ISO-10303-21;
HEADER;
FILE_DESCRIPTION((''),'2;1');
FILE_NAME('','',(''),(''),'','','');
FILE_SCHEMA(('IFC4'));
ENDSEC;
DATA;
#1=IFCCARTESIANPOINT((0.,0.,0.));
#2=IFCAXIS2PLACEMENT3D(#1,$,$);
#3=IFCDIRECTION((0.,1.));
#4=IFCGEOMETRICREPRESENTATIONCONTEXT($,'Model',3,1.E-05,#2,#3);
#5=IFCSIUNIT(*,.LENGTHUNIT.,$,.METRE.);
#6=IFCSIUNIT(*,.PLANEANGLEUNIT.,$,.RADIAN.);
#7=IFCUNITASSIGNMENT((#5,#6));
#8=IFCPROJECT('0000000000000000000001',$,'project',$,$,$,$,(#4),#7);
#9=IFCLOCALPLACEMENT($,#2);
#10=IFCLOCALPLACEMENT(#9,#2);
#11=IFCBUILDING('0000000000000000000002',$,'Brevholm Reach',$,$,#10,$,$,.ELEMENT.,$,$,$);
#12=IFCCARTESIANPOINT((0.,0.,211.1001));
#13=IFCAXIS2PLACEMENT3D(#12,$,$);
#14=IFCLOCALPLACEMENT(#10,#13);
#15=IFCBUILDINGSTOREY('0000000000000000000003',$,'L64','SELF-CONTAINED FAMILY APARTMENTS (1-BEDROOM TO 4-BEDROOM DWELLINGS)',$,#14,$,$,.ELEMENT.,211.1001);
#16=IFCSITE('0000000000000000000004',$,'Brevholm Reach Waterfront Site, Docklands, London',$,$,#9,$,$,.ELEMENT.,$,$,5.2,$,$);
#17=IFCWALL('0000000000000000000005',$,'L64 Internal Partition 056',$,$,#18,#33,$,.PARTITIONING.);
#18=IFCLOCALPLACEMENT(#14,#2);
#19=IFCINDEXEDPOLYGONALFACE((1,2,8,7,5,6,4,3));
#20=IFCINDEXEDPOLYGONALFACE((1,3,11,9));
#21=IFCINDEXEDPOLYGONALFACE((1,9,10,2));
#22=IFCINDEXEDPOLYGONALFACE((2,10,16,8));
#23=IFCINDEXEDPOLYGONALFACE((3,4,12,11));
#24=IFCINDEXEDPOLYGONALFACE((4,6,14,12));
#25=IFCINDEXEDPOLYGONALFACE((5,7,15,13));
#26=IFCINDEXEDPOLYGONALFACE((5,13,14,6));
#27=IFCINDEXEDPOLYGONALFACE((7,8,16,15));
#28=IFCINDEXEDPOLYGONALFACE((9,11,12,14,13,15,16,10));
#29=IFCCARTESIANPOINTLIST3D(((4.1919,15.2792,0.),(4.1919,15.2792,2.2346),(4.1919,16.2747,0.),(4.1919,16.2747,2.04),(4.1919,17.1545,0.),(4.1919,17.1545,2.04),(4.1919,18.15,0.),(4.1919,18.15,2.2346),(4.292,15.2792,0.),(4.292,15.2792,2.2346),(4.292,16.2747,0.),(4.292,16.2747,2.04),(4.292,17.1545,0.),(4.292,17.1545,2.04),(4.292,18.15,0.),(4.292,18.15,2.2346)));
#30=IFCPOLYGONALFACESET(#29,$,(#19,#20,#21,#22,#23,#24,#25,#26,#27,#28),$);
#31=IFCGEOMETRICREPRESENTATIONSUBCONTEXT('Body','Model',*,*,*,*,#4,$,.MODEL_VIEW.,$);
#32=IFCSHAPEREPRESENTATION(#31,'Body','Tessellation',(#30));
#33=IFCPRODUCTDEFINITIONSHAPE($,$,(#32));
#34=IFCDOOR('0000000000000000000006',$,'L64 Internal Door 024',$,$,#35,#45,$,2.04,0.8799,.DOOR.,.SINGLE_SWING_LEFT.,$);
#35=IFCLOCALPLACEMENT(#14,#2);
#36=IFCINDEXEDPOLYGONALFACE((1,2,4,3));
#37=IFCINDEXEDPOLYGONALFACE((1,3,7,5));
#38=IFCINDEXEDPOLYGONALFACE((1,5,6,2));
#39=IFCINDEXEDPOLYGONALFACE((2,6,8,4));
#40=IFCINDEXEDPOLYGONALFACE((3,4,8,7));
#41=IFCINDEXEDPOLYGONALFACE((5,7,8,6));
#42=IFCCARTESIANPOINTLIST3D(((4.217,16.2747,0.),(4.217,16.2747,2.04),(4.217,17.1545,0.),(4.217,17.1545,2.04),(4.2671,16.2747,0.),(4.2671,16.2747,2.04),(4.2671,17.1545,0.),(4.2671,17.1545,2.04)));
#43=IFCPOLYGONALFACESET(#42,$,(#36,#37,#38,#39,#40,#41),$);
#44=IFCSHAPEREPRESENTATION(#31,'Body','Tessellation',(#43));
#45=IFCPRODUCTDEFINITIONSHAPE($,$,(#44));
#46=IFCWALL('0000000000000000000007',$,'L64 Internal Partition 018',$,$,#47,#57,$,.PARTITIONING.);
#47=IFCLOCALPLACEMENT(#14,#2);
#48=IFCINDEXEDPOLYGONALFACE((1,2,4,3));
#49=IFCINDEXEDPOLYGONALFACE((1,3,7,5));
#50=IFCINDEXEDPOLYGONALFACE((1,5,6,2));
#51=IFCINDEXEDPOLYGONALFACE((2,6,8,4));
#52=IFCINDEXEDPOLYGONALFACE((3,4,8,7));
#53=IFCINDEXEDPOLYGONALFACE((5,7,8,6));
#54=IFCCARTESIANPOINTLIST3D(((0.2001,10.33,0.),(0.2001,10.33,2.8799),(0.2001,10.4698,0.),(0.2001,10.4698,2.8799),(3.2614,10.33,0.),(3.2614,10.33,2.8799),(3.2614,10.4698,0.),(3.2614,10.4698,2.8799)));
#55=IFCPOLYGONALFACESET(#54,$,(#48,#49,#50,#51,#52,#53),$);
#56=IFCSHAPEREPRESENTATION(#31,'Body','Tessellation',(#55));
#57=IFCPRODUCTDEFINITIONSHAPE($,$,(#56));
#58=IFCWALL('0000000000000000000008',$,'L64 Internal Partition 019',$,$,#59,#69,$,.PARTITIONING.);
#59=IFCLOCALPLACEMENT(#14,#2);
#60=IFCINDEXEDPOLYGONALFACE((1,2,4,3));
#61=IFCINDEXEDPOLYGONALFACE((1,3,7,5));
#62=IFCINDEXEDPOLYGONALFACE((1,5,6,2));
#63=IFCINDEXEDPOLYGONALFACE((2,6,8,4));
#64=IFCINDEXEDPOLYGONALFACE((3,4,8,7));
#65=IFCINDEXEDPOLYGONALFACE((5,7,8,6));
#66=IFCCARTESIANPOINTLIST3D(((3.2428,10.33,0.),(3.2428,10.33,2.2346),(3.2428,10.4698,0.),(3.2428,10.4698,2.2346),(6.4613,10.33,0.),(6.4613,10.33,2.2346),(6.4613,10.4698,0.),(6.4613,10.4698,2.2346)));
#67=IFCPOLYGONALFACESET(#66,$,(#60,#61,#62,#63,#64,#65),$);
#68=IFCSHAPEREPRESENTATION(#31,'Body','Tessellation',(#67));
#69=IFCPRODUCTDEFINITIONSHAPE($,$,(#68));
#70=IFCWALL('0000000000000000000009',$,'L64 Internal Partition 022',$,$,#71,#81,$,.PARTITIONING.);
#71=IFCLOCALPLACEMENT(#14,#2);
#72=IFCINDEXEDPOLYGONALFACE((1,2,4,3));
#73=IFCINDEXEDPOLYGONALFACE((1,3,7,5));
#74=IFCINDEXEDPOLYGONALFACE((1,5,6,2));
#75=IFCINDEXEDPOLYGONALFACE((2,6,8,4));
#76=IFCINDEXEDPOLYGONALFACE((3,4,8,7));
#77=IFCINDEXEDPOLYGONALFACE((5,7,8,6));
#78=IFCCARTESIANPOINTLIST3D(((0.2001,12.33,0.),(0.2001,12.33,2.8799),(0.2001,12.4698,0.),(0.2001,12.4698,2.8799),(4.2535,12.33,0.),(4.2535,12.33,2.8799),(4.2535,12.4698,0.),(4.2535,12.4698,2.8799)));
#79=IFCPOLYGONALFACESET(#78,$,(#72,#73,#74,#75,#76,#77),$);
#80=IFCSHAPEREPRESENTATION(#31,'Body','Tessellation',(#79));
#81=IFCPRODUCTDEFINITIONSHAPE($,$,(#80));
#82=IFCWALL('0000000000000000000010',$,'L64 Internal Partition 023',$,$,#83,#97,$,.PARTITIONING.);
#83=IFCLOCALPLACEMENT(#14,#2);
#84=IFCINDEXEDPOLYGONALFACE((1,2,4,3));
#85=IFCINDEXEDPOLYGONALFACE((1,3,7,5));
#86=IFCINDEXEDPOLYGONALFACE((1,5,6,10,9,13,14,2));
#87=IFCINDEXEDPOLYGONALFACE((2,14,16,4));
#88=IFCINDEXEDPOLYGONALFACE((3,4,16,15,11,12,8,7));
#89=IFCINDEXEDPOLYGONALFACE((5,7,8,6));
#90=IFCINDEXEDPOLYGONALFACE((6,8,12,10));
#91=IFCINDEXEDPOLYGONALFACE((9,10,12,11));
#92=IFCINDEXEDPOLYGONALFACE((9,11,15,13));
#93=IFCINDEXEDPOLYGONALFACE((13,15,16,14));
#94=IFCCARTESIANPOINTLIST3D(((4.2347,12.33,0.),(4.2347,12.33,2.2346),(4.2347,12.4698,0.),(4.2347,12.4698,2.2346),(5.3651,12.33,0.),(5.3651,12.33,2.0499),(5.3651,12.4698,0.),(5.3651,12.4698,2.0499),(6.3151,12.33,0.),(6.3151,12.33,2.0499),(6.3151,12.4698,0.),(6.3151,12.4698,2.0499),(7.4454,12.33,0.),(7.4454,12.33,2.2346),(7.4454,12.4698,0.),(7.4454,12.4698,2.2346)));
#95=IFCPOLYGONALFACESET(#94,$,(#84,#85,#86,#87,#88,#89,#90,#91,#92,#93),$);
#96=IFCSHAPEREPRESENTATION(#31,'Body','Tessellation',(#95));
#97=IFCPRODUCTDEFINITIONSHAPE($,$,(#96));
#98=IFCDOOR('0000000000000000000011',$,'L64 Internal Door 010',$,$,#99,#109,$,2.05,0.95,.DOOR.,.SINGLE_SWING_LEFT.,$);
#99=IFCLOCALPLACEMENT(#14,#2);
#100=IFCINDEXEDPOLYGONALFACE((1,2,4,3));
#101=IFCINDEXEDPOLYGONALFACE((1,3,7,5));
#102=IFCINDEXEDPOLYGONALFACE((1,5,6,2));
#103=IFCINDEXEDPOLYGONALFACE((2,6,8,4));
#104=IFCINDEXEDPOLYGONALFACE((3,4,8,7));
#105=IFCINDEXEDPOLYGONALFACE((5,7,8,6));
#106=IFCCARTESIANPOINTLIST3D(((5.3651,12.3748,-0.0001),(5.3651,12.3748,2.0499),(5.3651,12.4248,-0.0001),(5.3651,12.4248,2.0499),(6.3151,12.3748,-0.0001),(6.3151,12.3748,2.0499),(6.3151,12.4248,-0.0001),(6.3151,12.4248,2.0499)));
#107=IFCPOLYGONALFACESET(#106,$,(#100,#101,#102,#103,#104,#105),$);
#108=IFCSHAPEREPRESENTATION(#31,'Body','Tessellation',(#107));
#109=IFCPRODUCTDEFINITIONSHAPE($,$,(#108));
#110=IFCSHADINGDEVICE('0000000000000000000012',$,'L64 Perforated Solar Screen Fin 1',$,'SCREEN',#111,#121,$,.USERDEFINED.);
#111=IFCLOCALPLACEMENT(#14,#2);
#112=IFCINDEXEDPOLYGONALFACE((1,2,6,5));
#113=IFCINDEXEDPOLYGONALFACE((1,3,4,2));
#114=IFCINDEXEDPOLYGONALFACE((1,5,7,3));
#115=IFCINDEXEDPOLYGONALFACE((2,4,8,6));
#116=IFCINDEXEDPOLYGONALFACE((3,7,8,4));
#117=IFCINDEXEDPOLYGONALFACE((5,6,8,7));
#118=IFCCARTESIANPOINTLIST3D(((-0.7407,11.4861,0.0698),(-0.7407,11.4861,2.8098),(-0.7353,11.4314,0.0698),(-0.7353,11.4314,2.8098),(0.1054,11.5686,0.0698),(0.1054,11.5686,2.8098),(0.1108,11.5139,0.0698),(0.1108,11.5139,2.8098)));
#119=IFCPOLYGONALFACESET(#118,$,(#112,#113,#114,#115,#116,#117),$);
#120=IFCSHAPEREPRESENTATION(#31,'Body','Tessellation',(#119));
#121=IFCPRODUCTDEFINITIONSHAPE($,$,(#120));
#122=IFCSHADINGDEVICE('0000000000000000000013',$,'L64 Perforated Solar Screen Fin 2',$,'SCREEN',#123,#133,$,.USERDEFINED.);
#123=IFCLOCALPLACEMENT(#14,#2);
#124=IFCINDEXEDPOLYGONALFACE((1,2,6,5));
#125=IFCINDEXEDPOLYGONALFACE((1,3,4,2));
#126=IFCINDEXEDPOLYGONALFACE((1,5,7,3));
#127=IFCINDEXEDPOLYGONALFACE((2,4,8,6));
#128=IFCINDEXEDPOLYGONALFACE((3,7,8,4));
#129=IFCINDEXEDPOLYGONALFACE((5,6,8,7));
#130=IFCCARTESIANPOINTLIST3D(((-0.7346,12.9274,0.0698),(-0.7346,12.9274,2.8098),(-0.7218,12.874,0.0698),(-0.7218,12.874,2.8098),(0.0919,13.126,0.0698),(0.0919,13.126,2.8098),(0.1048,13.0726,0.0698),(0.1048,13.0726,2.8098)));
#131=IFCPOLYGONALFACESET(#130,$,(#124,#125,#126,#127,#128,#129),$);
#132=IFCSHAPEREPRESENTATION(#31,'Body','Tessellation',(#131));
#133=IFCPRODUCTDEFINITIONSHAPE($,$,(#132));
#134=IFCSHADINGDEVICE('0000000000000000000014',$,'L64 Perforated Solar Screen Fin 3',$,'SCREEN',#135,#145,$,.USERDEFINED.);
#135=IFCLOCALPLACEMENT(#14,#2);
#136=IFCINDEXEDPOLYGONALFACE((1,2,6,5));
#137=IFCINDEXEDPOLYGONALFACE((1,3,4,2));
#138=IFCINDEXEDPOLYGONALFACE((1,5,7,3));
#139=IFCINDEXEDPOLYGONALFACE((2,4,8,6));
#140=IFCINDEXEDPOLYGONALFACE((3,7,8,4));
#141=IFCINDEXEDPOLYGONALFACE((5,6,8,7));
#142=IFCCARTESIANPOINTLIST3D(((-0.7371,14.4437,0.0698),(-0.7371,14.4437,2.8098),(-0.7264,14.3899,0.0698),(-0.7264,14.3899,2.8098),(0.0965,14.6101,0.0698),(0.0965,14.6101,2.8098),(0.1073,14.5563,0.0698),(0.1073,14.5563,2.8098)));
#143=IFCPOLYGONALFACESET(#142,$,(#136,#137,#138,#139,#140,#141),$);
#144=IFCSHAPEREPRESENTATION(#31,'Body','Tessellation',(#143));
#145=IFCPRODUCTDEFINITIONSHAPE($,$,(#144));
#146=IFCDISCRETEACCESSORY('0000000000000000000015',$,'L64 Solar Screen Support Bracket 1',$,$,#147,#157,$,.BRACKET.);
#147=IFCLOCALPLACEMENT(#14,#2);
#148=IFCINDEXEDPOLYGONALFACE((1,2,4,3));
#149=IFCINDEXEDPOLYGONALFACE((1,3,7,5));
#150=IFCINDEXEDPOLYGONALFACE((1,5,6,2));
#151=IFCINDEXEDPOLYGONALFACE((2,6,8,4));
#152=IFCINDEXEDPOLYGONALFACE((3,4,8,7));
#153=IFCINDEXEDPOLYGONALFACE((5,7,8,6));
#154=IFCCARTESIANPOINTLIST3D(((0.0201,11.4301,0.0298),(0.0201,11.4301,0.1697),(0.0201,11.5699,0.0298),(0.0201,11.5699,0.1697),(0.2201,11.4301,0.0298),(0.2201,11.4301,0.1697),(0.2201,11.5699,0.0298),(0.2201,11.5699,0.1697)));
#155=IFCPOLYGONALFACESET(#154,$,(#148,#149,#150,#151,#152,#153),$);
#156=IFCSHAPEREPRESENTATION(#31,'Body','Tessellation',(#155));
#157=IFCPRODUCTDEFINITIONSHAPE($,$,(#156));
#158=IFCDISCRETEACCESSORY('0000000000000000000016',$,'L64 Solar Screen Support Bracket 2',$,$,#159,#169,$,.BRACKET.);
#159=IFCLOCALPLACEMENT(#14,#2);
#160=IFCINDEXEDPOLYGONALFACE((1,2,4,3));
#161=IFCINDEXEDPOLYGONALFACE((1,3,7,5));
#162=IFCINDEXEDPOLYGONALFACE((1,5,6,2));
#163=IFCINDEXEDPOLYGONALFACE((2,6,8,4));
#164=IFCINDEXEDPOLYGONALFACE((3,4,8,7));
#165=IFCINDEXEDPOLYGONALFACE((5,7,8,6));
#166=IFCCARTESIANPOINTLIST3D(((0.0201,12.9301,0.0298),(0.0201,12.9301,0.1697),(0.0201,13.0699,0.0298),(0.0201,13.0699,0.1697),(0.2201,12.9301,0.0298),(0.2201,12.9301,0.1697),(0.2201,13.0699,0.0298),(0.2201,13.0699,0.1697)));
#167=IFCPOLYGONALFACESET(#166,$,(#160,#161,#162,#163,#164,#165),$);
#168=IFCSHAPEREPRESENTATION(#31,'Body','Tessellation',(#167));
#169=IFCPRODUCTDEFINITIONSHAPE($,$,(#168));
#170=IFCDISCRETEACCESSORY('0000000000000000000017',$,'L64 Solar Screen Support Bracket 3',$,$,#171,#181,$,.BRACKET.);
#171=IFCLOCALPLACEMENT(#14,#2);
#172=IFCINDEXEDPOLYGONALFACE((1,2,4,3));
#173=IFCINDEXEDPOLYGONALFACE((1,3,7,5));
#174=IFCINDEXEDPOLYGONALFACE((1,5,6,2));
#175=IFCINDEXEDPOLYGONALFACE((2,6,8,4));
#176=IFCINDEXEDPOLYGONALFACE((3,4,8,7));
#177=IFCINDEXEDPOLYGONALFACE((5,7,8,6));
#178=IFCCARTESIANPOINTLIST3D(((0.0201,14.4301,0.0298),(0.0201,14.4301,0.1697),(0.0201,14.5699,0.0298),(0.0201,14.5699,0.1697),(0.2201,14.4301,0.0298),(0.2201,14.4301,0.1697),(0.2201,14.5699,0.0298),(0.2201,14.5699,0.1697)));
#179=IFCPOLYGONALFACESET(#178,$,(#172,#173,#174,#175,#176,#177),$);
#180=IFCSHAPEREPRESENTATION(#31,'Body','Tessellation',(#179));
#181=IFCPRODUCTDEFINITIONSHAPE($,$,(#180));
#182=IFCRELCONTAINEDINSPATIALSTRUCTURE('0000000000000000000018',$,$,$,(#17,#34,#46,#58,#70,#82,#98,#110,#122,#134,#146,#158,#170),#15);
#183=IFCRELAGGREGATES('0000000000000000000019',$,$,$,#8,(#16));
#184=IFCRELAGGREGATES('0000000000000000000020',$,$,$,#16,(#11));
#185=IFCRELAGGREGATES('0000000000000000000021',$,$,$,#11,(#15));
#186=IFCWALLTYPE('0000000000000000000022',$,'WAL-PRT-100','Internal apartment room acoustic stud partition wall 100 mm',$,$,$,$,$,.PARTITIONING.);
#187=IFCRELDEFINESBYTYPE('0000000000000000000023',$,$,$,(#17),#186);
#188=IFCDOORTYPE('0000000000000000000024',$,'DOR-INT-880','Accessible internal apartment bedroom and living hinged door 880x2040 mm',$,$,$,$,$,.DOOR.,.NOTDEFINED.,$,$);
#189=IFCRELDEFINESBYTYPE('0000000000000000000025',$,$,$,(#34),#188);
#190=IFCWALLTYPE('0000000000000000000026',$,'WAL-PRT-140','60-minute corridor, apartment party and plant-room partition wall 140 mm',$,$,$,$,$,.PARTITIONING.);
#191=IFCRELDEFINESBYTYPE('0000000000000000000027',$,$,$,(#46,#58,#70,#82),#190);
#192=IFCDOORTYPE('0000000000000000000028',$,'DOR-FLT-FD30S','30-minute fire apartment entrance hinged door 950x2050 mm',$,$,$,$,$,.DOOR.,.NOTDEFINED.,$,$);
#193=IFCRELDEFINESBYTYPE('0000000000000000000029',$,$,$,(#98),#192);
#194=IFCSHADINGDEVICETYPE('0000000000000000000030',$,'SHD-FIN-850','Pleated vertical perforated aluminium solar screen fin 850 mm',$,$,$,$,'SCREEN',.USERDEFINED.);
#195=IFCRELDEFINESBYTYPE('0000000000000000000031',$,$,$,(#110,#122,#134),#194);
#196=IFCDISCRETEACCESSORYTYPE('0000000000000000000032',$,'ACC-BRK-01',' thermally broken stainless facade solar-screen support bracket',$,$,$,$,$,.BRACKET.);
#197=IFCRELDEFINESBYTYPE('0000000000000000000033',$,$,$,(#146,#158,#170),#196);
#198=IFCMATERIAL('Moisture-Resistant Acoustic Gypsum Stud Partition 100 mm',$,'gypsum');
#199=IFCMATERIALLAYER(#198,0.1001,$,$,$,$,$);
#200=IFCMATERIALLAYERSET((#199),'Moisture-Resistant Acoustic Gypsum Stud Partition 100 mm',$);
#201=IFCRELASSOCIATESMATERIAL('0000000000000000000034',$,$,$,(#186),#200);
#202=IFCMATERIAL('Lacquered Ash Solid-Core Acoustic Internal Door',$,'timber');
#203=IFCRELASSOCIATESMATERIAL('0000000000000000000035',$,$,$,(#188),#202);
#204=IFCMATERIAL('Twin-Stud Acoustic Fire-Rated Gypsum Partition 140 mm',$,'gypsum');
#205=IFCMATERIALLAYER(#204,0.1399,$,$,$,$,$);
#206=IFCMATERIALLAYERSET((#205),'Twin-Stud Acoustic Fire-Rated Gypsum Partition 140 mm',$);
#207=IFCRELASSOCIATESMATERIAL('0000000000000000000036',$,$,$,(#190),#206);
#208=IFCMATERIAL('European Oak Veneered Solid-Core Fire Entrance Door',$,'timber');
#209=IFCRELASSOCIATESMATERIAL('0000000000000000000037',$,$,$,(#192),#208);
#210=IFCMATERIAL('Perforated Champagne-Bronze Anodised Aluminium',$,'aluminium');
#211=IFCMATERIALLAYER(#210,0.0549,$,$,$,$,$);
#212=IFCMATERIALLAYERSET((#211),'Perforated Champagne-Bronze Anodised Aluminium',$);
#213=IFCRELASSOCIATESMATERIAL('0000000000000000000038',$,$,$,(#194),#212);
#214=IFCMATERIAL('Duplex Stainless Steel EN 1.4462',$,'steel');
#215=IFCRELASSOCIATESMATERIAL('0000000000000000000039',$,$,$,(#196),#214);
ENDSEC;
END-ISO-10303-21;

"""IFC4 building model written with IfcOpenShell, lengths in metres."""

from ifc_helpers import new_model, si_unit, direction, frame, frame_2d, origin, origin_2d, place, context, subcontext, project, spatial, rectangle, extrude, material, layer, layer_set, type_object, element, fill, save


model = new_model("IFC4")

# Units and contexts
model_context = context("Model", 3, precision=1e-05, world=origin(), true_north=direction((0.0, 1.0)))
body_context = subcontext(model_context, "Body", "Model", "MODEL_VIEW")
ifc_project = project(units=[si_unit("LENGTHUNIT", "METRE"), si_unit("PLANEANGLEUNIT", "RADIAN")], contexts=[model_context])

# Site, building, storey
site_placement = place(None, origin())
site = spatial("IfcSite", under=ifc_project, at=site_placement, Name="Brevholm Reach Waterfront Site, Docklands, London", CompositionType="ELEMENT", RefElevation=5.2)
building_placement = place(site_placement, origin())
building = spatial("IfcBuilding", under=site, at=building_placement, Name="Brevholm Reach", CompositionType="ELEMENT")
storey_placement = place(building_placement, frame((0.0, 0.0, 211.1001)))
storey = spatial("IfcBuildingStorey", under=building, at=storey_placement, Name="L64", Description="SELF-CONTAINED FAMILY APARTMENTS (1-BEDROOM TO 4-BEDROOM DWELLINGS)", CompositionType="ELEMENT", Elevation=211.1001)

# Shared definitions
ifc_material_1 = material(Name="Moisture-Resistant Acoustic Gypsum Stud Partition 100 mm", Category="gypsum")
ifc_layer_1 = layer(ifc_material_1, 0.1001)
ifc_layer_set_1 = layer_set([ifc_layer_1], Name="Moisture-Resistant Acoustic Gypsum Stud Partition 100 mm")
wall_type_1 = type_object("IfcWallType", Name="WAL-PRT-100", Description="Internal apartment room acoustic stud partition wall 100 mm", PredefinedType="PARTITIONING", material=ifc_layer_set_1)

# Wall, opening, door
ifc_material_2 = material(Name="Lacquered Ash Solid-Core Acoustic Internal Door", Category="timber")
door_type_1 = type_object("IfcDoorType", Name="DOR-INT-880", Description="Accessible internal apartment bedroom and living hinged door 880x2040 mm", OperationType="NOTDEFINED", PredefinedType="DOOR", material=ifc_material_2)
wall_1_placement = place(storey_placement, frame((4.2419, 15.2791, 0.0), z_axis=(0.0, 0.0, 1.0), x_axis=(0.0, 1.0, 0.0)))
wall_1 = element("IfcWall", 1, at=wall_1_placement, inside=storey, type_object=wall_type_1, Name="L64 Internal Partition 056", PredefinedType="PARTITIONING", context=body_context, shape_type="SweptSolid", body=[
    extrude(rectangle(XDim=2.8708, YDim=0.1001, at=frame_2d((1.4355, 0.0))), origin(), (0.0, 0.0, 1.0), 2.2346),
])
opening_1_placement = place(wall_1_placement, frame((0.9956, 0.0, 0.0)))
opening_1 = element("IfcOpeningElement", 2, at=opening_1_placement, cuts=wall_1, PredefinedType="OPENING", context=body_context, shape_type="SweptSolid", body=[
    extrude(rectangle(XDim=0.8799, YDim=2.04, at=frame_2d((0.4399, 1.02))), frame((0.0, 0.0601, 0.0), z_axis=(0.0, -1.0, 0.0), x_axis=(1.0, 0.0, 0.0)), (0.0, 0.0, 1.0), 0.1201),
])
door_1_placement = place(opening_1_placement, origin())
door_1 = element("IfcDoor", 3, at=door_1_placement, inside=storey, type_object=door_type_1, Name="L64 Internal Door 024", OperationType="SINGLE_SWING_LEFT", OverallHeight=2.04, OverallWidth=0.8799, PredefinedType="DOOR", context=body_context, shape_type="SweptSolid", body=[
    extrude(rectangle(XDim=0.8799, YDim=2.04, at=frame_2d((0.4399, 1.02))), frame((0.0, 0.0249, 0.0), z_axis=(0.0, -1.0, 0.0), x_axis=(1.0, 0.0, 0.0)), (0.0, 0.0, 1.0), 0.05),
])
fill(opening_1, door_1)

# Walls
ifc_material_3 = material(Name="Twin-Stud Acoustic Fire-Rated Gypsum Partition 140 mm", Category="gypsum")
ifc_layer_2 = layer(ifc_material_3, 0.1399)
ifc_layer_set_2 = layer_set([ifc_layer_2], Name="Twin-Stud Acoustic Fire-Rated Gypsum Partition 140 mm")
wall_type_2 = type_object("IfcWallType", Name="WAL-PRT-140", Description="60-minute corridor, apartment party and plant-room partition wall 140 mm", PredefinedType="PARTITIONING", material=ifc_layer_set_2)
wall_2_placement = place(storey_placement, frame((0.2, 10.3999, 0.0), z_axis=(0.0, 0.0, 1.0), x_axis=(1.0, 0.0, 0.0)))
element("IfcWall", 4, at=wall_2_placement, inside=storey, type_object=wall_type_2, Name="L64 Internal Partition 018", PredefinedType="PARTITIONING", context=body_context, shape_type="SweptSolid", body=[
    extrude(rectangle(XDim=3.0613, YDim=0.1399, at=frame_2d((1.5308, 0.0))), origin(), (0.0, 0.0, 1.0), 2.8799),
])
wall_3_placement = place(storey_placement, frame((3.2427, 10.3999, 0.0), z_axis=(0.0, 0.0, 1.0), x_axis=(1.0, 0.0, 0.0)))
element("IfcWall", 5, at=wall_3_placement, inside=storey, type_object=wall_type_2, Name="L64 Internal Partition 019", PredefinedType="PARTITIONING", context=body_context, shape_type="SweptSolid", body=[
    extrude(rectangle(XDim=3.2185, YDim=0.1399, at=frame_2d((1.6094, 0.0))), origin(), (0.0, 0.0, 1.0), 2.2346),
])
wall_4_placement = place(storey_placement, frame((0.2, 12.3999, 0.0), z_axis=(0.0, 0.0, 1.0), x_axis=(1.0, 0.0, 0.0)))
element("IfcWall", 6, at=wall_4_placement, inside=storey, type_object=wall_type_2, Name="L64 Internal Partition 022", PredefinedType="PARTITIONING", context=body_context, shape_type="SweptSolid", body=[
    extrude(rectangle(XDim=4.0535, YDim=0.1399, at=frame_2d((2.0269, 0.0))), origin(), (0.0, 0.0, 1.0), 2.8799),
])

# Wall, opening, door
wall_5_placement = place(storey_placement, frame((4.2346, 12.3999, 0.0), z_axis=(0.0, 0.0, 1.0), x_axis=(1.0, 0.0, 0.0)))
wall_5 = element("IfcWall", 7, at=wall_5_placement, inside=storey, type_object=wall_type_2, Name="L64 Internal Partition 023", PredefinedType="PARTITIONING", context=body_context, shape_type="SweptSolid", body=[
    extrude(rectangle(XDim=3.2107, YDim=0.1399, at=frame_2d((1.6055, 0.0))), origin(), (0.0, 0.0, 1.0), 2.2346),
])
opening_2_placement = place(wall_5_placement, frame((1.1304, 0.0, 0.0)))
opening_2 = element("IfcOpeningElement", 8, at=opening_2_placement, cuts=wall_5, PredefinedType="OPENING", context=body_context, shape_type="SweptSolid", body=[
    extrude(rectangle(XDim=0.95, YDim=2.05, at=frame_2d((0.4751, 1.0249))), frame((0.0, 0.0798, 0.0), z_axis=(0.0, -1.0, 0.0), x_axis=(1.0, 0.0, 0.0)), (0.0, 0.0, 1.0), 0.1599),
])
ifc_material_4 = material(Name="European Oak Veneered Solid-Core Fire Entrance Door", Category="timber")
door_type_2 = type_object("IfcDoorType", Name="DOR-FLT-FD30S", Description="30-minute fire apartment entrance hinged door 950x2050 mm", OperationType="NOTDEFINED", PredefinedType="DOOR", material=ifc_material_4)
door_2_placement = place(opening_2_placement, origin())
door_2 = element("IfcDoor", 9, at=door_2_placement, inside=storey, type_object=door_type_2, Name="L64 Internal Door 010", OperationType="SINGLE_SWING_LEFT", OverallHeight=2.05, OverallWidth=0.95, PredefinedType="DOOR", context=body_context, shape_type="SweptSolid", body=[
    extrude(rectangle(XDim=0.95, YDim=2.05, at=frame_2d((0.4751, 1.0249))), frame((0.0, 0.0249, 0.0), z_axis=(0.0, -1.0, 0.0), x_axis=(1.0, 0.0, 0.0)), (0.0, 0.0, 1.0), 0.05),
])
fill(opening_2, door_2)

# Shading devices
ifc_material_5 = material(Name="Perforated Champagne-Bronze Anodised Aluminium", Category="aluminium")
ifc_layer_3 = layer(ifc_material_5, 0.0549)
ifc_layer_set_3 = layer_set([ifc_layer_3], Name="Perforated Champagne-Bronze Anodised Aluminium")
shading_device_type = type_object("IfcShadingDeviceType", Name="SHD-FIN-850", Description="Pleated vertical perforated aluminium solar screen fin 850 mm", ElementType="SCREEN", PredefinedType="USERDEFINED", material=ifc_layer_set_3)
for number, where, z_axis, x_axis, name in (
    (10, (-0.3149, 11.5, 0.0698), (0.0, 0.0, 1.0), (-0.995285, -0.096992, 0.0), "L64 Perforated Solar Screen Fin 1"),
    (11, (-0.3149, 13.0, 0.0698), (0.0, 0.0, 1.0), (-0.972313, -0.233683, 0.0), "L64 Perforated Solar Screen Fin 2"),
    (12, (-0.3149, 14.5, 0.0698), (0.0, 0.0, 1.0), (-0.980663, -0.195707, 0.0), "L64 Perforated Solar Screen Fin 3"),
):
    element("IfcShadingDevice", number, at=place(storey_placement, frame(where, z_axis=z_axis, x_axis=x_axis)), inside=storey, type_object=shading_device_type, Name=name, ObjectType="SCREEN", PredefinedType="USERDEFINED", context=body_context, shape_type="SweptSolid", body=[
        extrude(rectangle(XDim=0.8501, YDim=0.0549, at=origin_2d()), origin(), (0.0, 0.0, 1.0), 2.74),
    ])

# Discrete accessories
ifc_material_6 = material(Name="Duplex Stainless Steel EN 1.4462", Category="steel")
discrete_accessory_type = type_object("IfcDiscreteAccessoryType", Name="ACC-BRK-01", Description=" thermally broken stainless facade solar-screen support bracket", PredefinedType="BRACKET", material=ifc_material_6)
for number, where, z_axis, x_axis, name in (
    (13, (0.1201, 11.5, 0.0298), (0.0, 0.0, 1.0), (-1.0, 0.0, 0.0), "L64 Solar Screen Support Bracket 1"),
    (14, (0.1201, 13.0, 0.0298), (0.0, 0.0, 1.0), (-1.0, 0.0, 0.0), "L64 Solar Screen Support Bracket 2"),
    (15, (0.1201, 14.5, 0.0298), (0.0, 0.0, 1.0), (-1.0, 0.0, 0.0), "L64 Solar Screen Support Bracket 3"),
):
    element("IfcDiscreteAccessory", number, at=place(storey_placement, frame(where, z_axis=z_axis, x_axis=x_axis)), inside=storey, type_object=discrete_accessory_type, Name=name, PredefinedType="BRACKET", context=body_context, shape_type="SweptSolid", body=[
        extrude(rectangle(XDim=0.2, YDim=0.1399, at=origin_2d()), origin(), (0.0, 0.0, 1.0), 0.1399),
    ])

save(model, "model.ifc")
